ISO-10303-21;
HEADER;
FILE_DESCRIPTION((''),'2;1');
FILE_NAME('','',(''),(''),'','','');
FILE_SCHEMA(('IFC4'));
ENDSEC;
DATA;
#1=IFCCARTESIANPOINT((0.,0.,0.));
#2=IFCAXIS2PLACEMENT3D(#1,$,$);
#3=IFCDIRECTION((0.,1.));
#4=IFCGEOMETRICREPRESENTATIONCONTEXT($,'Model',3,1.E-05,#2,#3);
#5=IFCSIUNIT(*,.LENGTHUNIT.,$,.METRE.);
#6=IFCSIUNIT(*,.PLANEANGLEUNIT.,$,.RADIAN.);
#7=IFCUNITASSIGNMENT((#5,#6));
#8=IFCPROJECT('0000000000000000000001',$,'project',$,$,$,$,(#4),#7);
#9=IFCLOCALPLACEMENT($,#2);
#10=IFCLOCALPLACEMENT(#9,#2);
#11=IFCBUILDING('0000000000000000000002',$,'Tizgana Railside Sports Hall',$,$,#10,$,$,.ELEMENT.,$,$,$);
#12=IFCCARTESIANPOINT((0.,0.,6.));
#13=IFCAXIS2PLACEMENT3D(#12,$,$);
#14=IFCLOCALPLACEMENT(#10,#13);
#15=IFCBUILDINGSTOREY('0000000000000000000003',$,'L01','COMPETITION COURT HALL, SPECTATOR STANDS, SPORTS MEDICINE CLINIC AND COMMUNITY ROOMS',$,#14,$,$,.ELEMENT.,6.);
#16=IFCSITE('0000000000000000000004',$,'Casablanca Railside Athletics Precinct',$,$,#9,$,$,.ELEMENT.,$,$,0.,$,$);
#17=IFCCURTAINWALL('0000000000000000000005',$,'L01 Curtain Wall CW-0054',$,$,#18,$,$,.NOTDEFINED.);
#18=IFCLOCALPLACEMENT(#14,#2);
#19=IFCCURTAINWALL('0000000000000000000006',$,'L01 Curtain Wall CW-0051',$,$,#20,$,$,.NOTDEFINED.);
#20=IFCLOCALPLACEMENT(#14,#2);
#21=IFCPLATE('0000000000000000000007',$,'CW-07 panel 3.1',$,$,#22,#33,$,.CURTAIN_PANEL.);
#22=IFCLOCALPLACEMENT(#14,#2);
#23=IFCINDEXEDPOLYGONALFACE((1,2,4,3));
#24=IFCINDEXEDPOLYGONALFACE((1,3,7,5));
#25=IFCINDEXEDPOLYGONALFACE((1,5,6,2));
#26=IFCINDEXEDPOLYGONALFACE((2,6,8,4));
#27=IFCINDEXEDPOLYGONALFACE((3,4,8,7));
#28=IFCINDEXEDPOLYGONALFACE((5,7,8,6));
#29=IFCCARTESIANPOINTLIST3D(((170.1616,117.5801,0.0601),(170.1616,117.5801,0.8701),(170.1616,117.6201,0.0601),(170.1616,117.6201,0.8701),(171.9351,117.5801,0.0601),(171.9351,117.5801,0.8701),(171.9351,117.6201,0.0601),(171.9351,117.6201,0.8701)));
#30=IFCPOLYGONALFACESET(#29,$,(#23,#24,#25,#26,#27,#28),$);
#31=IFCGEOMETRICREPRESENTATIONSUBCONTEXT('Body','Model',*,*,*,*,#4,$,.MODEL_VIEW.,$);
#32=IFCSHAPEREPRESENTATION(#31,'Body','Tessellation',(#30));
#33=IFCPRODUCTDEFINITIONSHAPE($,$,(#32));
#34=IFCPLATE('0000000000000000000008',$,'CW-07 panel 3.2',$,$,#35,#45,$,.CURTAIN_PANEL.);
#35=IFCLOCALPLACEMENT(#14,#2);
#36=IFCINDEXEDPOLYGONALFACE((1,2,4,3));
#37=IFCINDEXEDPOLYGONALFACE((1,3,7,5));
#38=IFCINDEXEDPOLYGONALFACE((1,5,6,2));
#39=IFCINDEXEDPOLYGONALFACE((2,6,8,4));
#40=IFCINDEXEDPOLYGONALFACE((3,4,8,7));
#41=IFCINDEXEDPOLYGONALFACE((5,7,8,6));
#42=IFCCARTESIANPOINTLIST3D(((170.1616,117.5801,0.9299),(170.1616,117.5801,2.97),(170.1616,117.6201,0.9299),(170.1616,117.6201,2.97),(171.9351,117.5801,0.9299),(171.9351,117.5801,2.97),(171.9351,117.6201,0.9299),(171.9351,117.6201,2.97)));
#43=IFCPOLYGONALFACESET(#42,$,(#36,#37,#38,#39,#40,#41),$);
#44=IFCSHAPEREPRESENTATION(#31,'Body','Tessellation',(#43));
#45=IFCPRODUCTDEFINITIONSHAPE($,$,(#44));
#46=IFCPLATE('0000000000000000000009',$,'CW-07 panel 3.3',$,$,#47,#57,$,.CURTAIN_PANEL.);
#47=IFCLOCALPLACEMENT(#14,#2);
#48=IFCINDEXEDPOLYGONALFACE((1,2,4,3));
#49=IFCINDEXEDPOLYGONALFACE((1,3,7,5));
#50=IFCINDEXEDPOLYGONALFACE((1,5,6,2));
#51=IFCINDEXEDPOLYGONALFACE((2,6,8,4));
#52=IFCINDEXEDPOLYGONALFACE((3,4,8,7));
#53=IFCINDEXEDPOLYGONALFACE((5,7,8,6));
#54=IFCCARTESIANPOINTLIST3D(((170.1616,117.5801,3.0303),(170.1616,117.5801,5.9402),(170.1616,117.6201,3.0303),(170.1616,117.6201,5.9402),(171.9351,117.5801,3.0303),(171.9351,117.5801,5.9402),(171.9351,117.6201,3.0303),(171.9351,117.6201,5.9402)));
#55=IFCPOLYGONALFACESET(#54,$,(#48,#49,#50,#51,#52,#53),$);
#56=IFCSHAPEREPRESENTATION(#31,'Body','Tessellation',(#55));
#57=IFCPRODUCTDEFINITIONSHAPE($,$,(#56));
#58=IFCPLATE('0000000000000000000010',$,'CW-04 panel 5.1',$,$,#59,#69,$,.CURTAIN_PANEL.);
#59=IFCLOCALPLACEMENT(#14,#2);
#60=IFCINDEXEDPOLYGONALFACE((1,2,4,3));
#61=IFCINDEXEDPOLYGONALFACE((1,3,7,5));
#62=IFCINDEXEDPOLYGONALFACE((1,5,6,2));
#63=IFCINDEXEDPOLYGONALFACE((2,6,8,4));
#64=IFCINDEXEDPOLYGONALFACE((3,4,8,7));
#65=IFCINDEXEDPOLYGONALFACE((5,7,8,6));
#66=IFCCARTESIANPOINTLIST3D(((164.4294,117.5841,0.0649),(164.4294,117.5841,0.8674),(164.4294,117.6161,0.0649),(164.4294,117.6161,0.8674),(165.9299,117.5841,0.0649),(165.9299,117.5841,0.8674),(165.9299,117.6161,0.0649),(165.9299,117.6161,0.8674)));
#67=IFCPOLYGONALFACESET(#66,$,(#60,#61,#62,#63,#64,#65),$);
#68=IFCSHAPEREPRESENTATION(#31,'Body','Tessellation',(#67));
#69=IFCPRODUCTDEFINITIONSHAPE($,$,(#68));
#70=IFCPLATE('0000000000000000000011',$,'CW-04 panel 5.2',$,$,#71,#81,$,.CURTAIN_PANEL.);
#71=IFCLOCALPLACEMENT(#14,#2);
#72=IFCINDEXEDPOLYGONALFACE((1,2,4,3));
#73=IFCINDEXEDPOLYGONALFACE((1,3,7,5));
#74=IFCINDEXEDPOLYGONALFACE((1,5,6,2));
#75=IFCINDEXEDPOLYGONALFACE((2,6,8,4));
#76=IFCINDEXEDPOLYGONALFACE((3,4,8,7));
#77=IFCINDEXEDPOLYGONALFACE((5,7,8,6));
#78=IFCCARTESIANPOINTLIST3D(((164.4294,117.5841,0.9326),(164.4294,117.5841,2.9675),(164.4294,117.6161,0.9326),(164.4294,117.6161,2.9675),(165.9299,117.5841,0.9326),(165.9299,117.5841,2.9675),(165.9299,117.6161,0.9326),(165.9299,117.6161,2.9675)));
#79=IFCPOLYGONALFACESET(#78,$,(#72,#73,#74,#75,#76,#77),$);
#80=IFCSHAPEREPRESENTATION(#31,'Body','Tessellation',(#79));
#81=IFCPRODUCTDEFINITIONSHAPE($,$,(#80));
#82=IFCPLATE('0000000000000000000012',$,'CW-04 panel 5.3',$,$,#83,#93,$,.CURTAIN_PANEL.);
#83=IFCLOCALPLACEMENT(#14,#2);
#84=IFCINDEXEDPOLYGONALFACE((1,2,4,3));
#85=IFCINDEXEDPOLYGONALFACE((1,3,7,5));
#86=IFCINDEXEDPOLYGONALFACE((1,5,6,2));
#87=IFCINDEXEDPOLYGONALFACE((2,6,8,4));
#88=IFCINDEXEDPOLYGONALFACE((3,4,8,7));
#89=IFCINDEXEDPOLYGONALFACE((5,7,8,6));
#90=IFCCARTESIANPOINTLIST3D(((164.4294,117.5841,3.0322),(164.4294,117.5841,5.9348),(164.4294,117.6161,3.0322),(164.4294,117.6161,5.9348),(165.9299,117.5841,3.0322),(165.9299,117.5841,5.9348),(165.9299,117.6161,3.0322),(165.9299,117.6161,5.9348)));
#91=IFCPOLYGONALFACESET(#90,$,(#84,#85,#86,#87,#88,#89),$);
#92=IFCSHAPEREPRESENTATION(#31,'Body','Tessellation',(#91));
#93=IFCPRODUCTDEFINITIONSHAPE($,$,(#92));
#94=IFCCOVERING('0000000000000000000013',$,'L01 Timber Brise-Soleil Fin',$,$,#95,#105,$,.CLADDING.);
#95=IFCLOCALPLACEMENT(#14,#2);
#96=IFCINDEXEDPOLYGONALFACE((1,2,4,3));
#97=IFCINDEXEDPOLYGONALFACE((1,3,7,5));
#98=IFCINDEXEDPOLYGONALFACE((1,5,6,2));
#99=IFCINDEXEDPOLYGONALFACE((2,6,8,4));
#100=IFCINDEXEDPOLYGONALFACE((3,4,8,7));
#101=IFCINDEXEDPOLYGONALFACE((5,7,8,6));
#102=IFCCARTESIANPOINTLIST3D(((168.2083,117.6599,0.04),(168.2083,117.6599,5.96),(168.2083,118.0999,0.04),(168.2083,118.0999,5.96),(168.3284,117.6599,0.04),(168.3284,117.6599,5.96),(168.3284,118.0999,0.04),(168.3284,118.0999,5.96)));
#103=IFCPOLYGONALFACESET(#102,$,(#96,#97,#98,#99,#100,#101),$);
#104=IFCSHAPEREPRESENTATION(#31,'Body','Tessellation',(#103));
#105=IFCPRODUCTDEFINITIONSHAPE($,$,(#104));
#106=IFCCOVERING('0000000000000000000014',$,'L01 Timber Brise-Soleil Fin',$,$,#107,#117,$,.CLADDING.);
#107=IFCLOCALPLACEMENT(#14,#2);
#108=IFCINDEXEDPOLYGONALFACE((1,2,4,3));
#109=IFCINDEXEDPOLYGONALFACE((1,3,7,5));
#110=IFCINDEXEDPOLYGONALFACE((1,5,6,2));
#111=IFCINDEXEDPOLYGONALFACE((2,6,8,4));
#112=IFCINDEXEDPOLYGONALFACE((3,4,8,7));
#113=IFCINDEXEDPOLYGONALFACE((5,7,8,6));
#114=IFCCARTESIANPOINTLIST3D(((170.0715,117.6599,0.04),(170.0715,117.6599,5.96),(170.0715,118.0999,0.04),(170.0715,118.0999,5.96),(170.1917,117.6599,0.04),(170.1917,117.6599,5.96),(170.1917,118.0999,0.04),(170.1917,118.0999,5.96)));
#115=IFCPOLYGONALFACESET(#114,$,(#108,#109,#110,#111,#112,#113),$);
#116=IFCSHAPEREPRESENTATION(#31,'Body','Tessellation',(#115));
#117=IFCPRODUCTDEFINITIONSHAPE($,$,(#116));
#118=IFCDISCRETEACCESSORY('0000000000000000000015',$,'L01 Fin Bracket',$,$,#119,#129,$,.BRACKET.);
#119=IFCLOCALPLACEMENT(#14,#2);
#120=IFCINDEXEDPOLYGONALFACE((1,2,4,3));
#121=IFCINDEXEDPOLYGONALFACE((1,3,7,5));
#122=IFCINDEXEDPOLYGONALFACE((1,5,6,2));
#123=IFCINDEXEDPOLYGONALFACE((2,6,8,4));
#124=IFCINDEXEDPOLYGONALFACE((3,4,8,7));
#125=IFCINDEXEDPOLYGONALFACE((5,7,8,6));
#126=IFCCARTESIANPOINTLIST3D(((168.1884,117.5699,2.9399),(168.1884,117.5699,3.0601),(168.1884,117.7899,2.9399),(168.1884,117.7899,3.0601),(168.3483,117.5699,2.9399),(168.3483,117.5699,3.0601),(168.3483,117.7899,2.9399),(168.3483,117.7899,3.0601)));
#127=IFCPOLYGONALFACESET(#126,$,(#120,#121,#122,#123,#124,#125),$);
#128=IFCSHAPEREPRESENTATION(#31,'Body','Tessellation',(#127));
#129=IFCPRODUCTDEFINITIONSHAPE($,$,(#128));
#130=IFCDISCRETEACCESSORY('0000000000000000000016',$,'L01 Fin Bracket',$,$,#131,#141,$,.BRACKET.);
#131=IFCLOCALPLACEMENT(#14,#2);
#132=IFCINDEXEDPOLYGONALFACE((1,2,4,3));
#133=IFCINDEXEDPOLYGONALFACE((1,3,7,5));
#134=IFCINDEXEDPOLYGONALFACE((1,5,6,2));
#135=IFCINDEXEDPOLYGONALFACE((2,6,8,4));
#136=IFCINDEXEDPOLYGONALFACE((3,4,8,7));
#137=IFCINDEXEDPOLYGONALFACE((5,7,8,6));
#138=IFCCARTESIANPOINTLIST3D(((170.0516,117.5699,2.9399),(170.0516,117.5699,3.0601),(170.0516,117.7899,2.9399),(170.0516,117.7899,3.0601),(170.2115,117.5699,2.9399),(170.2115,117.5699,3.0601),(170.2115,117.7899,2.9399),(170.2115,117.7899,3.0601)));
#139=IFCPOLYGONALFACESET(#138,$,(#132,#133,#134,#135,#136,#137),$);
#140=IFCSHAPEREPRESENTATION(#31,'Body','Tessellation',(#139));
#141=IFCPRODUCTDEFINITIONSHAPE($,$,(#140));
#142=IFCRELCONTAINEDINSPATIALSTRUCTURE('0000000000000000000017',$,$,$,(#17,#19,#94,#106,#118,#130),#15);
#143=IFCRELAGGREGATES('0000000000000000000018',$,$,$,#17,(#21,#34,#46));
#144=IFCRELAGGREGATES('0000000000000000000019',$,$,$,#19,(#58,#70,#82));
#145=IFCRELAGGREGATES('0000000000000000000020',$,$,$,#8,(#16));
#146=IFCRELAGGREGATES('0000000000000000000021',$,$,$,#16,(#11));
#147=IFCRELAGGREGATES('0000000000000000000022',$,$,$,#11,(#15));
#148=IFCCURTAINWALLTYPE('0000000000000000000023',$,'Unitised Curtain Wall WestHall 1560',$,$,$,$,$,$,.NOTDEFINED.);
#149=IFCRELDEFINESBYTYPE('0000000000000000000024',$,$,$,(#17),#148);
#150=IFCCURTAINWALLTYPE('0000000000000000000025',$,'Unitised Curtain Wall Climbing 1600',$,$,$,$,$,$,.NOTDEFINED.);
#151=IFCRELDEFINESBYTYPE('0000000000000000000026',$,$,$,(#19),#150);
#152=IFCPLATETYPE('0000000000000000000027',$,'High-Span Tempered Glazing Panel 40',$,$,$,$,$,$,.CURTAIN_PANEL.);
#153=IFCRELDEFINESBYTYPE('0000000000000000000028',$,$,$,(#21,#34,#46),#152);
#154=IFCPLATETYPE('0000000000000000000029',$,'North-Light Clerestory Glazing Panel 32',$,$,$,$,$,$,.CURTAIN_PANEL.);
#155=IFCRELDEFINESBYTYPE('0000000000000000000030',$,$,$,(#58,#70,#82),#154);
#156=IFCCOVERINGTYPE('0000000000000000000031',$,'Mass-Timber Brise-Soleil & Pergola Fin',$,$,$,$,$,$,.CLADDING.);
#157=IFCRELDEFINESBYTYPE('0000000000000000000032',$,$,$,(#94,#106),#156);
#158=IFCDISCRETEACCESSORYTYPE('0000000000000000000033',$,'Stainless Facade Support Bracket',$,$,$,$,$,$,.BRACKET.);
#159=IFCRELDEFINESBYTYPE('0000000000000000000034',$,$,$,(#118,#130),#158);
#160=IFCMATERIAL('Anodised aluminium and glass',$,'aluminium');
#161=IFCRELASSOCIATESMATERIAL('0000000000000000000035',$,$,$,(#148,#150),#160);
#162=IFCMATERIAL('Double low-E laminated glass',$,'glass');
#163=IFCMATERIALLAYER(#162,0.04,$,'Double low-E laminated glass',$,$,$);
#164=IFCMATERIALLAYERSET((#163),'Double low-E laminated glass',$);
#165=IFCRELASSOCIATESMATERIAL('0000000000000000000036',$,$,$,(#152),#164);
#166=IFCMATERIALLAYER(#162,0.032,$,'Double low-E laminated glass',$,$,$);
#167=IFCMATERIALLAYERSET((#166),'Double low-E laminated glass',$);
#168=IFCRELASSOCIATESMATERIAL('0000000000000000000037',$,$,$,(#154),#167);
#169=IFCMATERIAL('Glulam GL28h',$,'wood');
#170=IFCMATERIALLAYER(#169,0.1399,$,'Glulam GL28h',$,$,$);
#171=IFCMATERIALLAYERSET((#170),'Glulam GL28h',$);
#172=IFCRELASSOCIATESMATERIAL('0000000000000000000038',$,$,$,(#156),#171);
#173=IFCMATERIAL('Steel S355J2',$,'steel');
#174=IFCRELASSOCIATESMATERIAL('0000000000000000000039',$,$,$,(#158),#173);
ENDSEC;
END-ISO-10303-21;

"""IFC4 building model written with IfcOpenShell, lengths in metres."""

from ifc_helpers import new_model, si_unit, direction, frame, origin, origin_2d, place, context, subcontext, project, spatial, rectangle, extrude, material, layer, layer_set, type_object, element, aggregate, save


model = new_model("IFC4")

# Units and contexts
model_context = context("Model", 3, precision=1e-05, world=origin(), true_north=direction((0.0, 1.0)))
body_context = subcontext(model_context, "Body", "Model", "MODEL_VIEW")
ifc_project = project(units=[si_unit("LENGTHUNIT", "METRE"), si_unit("PLANEANGLEUNIT", "RADIAN")], contexts=[model_context])

# Site, building, storey
site_placement = place(None, origin())
site = spatial("IfcSite", under=ifc_project, at=site_placement, Name="Casablanca Railside Athletics Precinct", CompositionType="ELEMENT", RefElevation=0.0)
building_placement = place(site_placement, origin())
building = spatial("IfcBuilding", under=site, at=building_placement, Name="Tizgana Railside Sports Hall", CompositionType="ELEMENT")
storey_placement = place(building_placement, frame((0.0, 0.0, 6.0)))
storey = spatial("IfcBuildingStorey", under=building, at=storey_placement, Name="L01", Description="COMPETITION COURT HALL, SPECTATOR STANDS, SPORTS MEDICINE CLINIC AND COMMUNITY ROOMS", CompositionType="ELEMENT", Elevation=6.0)

# Shared definitions
ifc_material_1 = material(Name="Steel S355J2", Category="steel")

# Curtain wall
ifc_material_2 = material(Name="Anodised aluminium and glass", Category="aluminium")
curtain_wall_type_1 = type_object("IfcCurtainWallType", Name="Unitised Curtain Wall WestHall 1560", PredefinedType="NOTDEFINED", material=ifc_material_2)
curtain_wall_1_placement = place(storey_placement, origin())
curtain_wall_1 = element("IfcCurtainWall", 1, at=curtain_wall_1_placement, inside=storey, type_object=curtain_wall_type_1, Name="L01 Curtain Wall CW-0054", PredefinedType="NOTDEFINED")

# Curtain wall
curtain_wall_type_2 = type_object("IfcCurtainWallType", Name="Unitised Curtain Wall Climbing 1600", PredefinedType="NOTDEFINED", material=ifc_material_2)
curtain_wall_2_placement = place(storey_placement, origin())
curtain_wall_2 = element("IfcCurtainWall", 2, at=curtain_wall_2_placement, inside=storey, type_object=curtain_wall_type_2, Name="L01 Curtain Wall CW-0051", PredefinedType="NOTDEFINED")

# Plates
ifc_material_3 = material(Name="Double low-E laminated glass", Category="glass")
ifc_layer_1 = layer(ifc_material_3, 0.04, Name="Double low-E laminated glass")
ifc_layer_set_1 = layer_set([ifc_layer_1], Name="Double low-E laminated glass")
plate_type_1 = type_object("IfcPlateType", Name="High-Span Tempered Glazing Panel 40", PredefinedType="CURTAIN_PANEL", material=ifc_layer_set_1)
plate_1_placement = place(storey_placement, frame((171.0483, 117.6001, 0.0601), z_axis=(0.0, 0.0, 1.0), x_axis=(1.0, 0.0, 0.0)))
plate_1 = element("IfcPlate", 3, at=plate_1_placement, type_object=plate_type_1, Name="CW-07 panel 3.1", PredefinedType="CURTAIN_PANEL", context=body_context, shape_type="SweptSolid", body=[
    extrude(rectangle(XDim=1.7734, YDim=0.04, at=origin_2d()), origin(), (0.0, 0.0, 1.0), 0.8101),
])
plate_2_placement = place(storey_placement, frame((171.0483, 117.6001, 0.9299), z_axis=(0.0, 0.0, 1.0), x_axis=(1.0, 0.0, 0.0)))
plate_2 = element("IfcPlate", 4, at=plate_2_placement, type_object=plate_type_1, Name="CW-07 panel 3.2", PredefinedType="CURTAIN_PANEL", context=body_context, shape_type="SweptSolid", body=[
    extrude(rectangle(XDim=1.7734, YDim=0.04, at=origin_2d()), origin(), (0.0, 0.0, 1.0), 2.04),
])
plate_3_placement = place(storey_placement, frame((171.0483, 117.6001, 3.0303), z_axis=(0.0, 0.0, 1.0), x_axis=(1.0, 0.0, 0.0)))
plate_3 = element("IfcPlate", 5, at=plate_3_placement, type_object=plate_type_1, Name="CW-07 panel 3.3", PredefinedType="CURTAIN_PANEL", context=body_context, shape_type="SweptSolid", body=[
    extrude(rectangle(XDim=1.7734, YDim=0.04, at=origin_2d()), origin(), (0.0, 0.0, 1.0), 2.9099),
])
aggregate(curtain_wall_1, [plate_1, plate_2, plate_3])
ifc_layer_2 = layer(ifc_material_3, 0.032, Name="Double low-E laminated glass")
ifc_layer_set_2 = layer_set([ifc_layer_2], Name="Double low-E laminated glass")
plate_type_2 = type_object("IfcPlateType", Name="North-Light Clerestory Glazing Panel 32", PredefinedType="CURTAIN_PANEL", material=ifc_layer_set_2)
plate_4_placement = place(storey_placement, frame((165.1797, 117.6001, 0.0649), z_axis=(0.0, 0.0, 1.0), x_axis=(1.0, 0.0, 0.0)))
plate_4 = element("IfcPlate", 6, at=plate_4_placement, type_object=plate_type_2, Name="CW-04 panel 5.1", PredefinedType="CURTAIN_PANEL", context=body_context, shape_type="SweptSolid", body=[
    extrude(rectangle(XDim=1.5005, YDim=0.032, at=origin_2d()), origin(), (0.0, 0.0, 1.0), 0.8025),
])
plate_5_placement = place(storey_placement, frame((165.1797, 117.6001, 0.9326), z_axis=(0.0, 0.0, 1.0), x_axis=(1.0, 0.0, 0.0)))
plate_5 = element("IfcPlate", 7, at=plate_5_placement, type_object=plate_type_2, Name="CW-04 panel 5.2", PredefinedType="CURTAIN_PANEL", context=body_context, shape_type="SweptSolid", body=[
    extrude(rectangle(XDim=1.5005, YDim=0.032, at=origin_2d()), origin(), (0.0, 0.0, 1.0), 2.0349),
])
plate_6_placement = place(storey_placement, frame((165.1797, 117.6001, 3.0322), z_axis=(0.0, 0.0, 1.0), x_axis=(1.0, 0.0, 0.0)))
plate_6 = element("IfcPlate", 8, at=plate_6_placement, type_object=plate_type_2, Name="CW-04 panel 5.3", PredefinedType="CURTAIN_PANEL", context=body_context, shape_type="SweptSolid", body=[
    extrude(rectangle(XDim=1.5005, YDim=0.032, at=origin_2d()), origin(), (0.0, 0.0, 1.0), 2.9026),
])
aggregate(curtain_wall_2, [plate_4, plate_5, plate_6])

# Coverings
ifc_material_4 = material(Name="Glulam GL28h", Category="wood")
ifc_layer_3 = layer(ifc_material_4, 0.1399, Name="Glulam GL28h")
ifc_layer_set_3 = layer_set([ifc_layer_3], Name="Glulam GL28h")
covering_type = type_object("IfcCoveringType", Name="Mass-Timber Brise-Soleil & Pergola Fin", PredefinedType="CLADDING", material=ifc_layer_set_3)
for number, where, z_axis, x_axis, name in (
    (9, (168.2683, 117.8799, 0.04), (0.0, 0.0, 1.0), (1.0, 0.0, 0.0), "L01 Timber Brise-Soleil Fin"),
    (10, (170.1316, 117.8799, 0.04), (0.0, 0.0, 1.0), (1.0, 0.0, 0.0), "L01 Timber Brise-Soleil Fin"),
):
    element("IfcCovering", number, at=place(storey_placement, frame(where, z_axis=z_axis, x_axis=x_axis)), inside=storey, type_object=covering_type, Name=name, PredefinedType="CLADDING", context=body_context, shape_type="SweptSolid", body=[
        extrude(rectangle(XDim=0.1201, YDim=0.4399, at=origin_2d()), origin(), (0.0, 0.0, 1.0), 5.9199),
    ])

# Discrete accessories
discrete_accessory_type = type_object("IfcDiscreteAccessoryType", Name="Stainless Facade Support Bracket", PredefinedType="BRACKET", material=ifc_material_1)
for number, where, z_axis, x_axis, name in (
    (11, (168.2683, 117.6799, 2.9399), (0.0, 0.0, 1.0), (1.0, 0.0, 0.0), "L01 Fin Bracket"),
    (12, (170.1316, 117.6799, 2.9399), (0.0, 0.0, 1.0), (1.0, 0.0, 0.0), "L01 Fin Bracket"),
):
    element("IfcDiscreteAccessory", number, at=place(storey_placement, frame(where, z_axis=z_axis, x_axis=x_axis)), inside=storey, type_object=discrete_accessory_type, Name=name, PredefinedType="BRACKET", context=body_context, shape_type="SweptSolid", body=[
        extrude(rectangle(XDim=0.1599, YDim=0.22, at=origin_2d()), origin(), (0.0, 0.0, 1.0), 0.1201),
    ])

save(model, "model.ifc")
